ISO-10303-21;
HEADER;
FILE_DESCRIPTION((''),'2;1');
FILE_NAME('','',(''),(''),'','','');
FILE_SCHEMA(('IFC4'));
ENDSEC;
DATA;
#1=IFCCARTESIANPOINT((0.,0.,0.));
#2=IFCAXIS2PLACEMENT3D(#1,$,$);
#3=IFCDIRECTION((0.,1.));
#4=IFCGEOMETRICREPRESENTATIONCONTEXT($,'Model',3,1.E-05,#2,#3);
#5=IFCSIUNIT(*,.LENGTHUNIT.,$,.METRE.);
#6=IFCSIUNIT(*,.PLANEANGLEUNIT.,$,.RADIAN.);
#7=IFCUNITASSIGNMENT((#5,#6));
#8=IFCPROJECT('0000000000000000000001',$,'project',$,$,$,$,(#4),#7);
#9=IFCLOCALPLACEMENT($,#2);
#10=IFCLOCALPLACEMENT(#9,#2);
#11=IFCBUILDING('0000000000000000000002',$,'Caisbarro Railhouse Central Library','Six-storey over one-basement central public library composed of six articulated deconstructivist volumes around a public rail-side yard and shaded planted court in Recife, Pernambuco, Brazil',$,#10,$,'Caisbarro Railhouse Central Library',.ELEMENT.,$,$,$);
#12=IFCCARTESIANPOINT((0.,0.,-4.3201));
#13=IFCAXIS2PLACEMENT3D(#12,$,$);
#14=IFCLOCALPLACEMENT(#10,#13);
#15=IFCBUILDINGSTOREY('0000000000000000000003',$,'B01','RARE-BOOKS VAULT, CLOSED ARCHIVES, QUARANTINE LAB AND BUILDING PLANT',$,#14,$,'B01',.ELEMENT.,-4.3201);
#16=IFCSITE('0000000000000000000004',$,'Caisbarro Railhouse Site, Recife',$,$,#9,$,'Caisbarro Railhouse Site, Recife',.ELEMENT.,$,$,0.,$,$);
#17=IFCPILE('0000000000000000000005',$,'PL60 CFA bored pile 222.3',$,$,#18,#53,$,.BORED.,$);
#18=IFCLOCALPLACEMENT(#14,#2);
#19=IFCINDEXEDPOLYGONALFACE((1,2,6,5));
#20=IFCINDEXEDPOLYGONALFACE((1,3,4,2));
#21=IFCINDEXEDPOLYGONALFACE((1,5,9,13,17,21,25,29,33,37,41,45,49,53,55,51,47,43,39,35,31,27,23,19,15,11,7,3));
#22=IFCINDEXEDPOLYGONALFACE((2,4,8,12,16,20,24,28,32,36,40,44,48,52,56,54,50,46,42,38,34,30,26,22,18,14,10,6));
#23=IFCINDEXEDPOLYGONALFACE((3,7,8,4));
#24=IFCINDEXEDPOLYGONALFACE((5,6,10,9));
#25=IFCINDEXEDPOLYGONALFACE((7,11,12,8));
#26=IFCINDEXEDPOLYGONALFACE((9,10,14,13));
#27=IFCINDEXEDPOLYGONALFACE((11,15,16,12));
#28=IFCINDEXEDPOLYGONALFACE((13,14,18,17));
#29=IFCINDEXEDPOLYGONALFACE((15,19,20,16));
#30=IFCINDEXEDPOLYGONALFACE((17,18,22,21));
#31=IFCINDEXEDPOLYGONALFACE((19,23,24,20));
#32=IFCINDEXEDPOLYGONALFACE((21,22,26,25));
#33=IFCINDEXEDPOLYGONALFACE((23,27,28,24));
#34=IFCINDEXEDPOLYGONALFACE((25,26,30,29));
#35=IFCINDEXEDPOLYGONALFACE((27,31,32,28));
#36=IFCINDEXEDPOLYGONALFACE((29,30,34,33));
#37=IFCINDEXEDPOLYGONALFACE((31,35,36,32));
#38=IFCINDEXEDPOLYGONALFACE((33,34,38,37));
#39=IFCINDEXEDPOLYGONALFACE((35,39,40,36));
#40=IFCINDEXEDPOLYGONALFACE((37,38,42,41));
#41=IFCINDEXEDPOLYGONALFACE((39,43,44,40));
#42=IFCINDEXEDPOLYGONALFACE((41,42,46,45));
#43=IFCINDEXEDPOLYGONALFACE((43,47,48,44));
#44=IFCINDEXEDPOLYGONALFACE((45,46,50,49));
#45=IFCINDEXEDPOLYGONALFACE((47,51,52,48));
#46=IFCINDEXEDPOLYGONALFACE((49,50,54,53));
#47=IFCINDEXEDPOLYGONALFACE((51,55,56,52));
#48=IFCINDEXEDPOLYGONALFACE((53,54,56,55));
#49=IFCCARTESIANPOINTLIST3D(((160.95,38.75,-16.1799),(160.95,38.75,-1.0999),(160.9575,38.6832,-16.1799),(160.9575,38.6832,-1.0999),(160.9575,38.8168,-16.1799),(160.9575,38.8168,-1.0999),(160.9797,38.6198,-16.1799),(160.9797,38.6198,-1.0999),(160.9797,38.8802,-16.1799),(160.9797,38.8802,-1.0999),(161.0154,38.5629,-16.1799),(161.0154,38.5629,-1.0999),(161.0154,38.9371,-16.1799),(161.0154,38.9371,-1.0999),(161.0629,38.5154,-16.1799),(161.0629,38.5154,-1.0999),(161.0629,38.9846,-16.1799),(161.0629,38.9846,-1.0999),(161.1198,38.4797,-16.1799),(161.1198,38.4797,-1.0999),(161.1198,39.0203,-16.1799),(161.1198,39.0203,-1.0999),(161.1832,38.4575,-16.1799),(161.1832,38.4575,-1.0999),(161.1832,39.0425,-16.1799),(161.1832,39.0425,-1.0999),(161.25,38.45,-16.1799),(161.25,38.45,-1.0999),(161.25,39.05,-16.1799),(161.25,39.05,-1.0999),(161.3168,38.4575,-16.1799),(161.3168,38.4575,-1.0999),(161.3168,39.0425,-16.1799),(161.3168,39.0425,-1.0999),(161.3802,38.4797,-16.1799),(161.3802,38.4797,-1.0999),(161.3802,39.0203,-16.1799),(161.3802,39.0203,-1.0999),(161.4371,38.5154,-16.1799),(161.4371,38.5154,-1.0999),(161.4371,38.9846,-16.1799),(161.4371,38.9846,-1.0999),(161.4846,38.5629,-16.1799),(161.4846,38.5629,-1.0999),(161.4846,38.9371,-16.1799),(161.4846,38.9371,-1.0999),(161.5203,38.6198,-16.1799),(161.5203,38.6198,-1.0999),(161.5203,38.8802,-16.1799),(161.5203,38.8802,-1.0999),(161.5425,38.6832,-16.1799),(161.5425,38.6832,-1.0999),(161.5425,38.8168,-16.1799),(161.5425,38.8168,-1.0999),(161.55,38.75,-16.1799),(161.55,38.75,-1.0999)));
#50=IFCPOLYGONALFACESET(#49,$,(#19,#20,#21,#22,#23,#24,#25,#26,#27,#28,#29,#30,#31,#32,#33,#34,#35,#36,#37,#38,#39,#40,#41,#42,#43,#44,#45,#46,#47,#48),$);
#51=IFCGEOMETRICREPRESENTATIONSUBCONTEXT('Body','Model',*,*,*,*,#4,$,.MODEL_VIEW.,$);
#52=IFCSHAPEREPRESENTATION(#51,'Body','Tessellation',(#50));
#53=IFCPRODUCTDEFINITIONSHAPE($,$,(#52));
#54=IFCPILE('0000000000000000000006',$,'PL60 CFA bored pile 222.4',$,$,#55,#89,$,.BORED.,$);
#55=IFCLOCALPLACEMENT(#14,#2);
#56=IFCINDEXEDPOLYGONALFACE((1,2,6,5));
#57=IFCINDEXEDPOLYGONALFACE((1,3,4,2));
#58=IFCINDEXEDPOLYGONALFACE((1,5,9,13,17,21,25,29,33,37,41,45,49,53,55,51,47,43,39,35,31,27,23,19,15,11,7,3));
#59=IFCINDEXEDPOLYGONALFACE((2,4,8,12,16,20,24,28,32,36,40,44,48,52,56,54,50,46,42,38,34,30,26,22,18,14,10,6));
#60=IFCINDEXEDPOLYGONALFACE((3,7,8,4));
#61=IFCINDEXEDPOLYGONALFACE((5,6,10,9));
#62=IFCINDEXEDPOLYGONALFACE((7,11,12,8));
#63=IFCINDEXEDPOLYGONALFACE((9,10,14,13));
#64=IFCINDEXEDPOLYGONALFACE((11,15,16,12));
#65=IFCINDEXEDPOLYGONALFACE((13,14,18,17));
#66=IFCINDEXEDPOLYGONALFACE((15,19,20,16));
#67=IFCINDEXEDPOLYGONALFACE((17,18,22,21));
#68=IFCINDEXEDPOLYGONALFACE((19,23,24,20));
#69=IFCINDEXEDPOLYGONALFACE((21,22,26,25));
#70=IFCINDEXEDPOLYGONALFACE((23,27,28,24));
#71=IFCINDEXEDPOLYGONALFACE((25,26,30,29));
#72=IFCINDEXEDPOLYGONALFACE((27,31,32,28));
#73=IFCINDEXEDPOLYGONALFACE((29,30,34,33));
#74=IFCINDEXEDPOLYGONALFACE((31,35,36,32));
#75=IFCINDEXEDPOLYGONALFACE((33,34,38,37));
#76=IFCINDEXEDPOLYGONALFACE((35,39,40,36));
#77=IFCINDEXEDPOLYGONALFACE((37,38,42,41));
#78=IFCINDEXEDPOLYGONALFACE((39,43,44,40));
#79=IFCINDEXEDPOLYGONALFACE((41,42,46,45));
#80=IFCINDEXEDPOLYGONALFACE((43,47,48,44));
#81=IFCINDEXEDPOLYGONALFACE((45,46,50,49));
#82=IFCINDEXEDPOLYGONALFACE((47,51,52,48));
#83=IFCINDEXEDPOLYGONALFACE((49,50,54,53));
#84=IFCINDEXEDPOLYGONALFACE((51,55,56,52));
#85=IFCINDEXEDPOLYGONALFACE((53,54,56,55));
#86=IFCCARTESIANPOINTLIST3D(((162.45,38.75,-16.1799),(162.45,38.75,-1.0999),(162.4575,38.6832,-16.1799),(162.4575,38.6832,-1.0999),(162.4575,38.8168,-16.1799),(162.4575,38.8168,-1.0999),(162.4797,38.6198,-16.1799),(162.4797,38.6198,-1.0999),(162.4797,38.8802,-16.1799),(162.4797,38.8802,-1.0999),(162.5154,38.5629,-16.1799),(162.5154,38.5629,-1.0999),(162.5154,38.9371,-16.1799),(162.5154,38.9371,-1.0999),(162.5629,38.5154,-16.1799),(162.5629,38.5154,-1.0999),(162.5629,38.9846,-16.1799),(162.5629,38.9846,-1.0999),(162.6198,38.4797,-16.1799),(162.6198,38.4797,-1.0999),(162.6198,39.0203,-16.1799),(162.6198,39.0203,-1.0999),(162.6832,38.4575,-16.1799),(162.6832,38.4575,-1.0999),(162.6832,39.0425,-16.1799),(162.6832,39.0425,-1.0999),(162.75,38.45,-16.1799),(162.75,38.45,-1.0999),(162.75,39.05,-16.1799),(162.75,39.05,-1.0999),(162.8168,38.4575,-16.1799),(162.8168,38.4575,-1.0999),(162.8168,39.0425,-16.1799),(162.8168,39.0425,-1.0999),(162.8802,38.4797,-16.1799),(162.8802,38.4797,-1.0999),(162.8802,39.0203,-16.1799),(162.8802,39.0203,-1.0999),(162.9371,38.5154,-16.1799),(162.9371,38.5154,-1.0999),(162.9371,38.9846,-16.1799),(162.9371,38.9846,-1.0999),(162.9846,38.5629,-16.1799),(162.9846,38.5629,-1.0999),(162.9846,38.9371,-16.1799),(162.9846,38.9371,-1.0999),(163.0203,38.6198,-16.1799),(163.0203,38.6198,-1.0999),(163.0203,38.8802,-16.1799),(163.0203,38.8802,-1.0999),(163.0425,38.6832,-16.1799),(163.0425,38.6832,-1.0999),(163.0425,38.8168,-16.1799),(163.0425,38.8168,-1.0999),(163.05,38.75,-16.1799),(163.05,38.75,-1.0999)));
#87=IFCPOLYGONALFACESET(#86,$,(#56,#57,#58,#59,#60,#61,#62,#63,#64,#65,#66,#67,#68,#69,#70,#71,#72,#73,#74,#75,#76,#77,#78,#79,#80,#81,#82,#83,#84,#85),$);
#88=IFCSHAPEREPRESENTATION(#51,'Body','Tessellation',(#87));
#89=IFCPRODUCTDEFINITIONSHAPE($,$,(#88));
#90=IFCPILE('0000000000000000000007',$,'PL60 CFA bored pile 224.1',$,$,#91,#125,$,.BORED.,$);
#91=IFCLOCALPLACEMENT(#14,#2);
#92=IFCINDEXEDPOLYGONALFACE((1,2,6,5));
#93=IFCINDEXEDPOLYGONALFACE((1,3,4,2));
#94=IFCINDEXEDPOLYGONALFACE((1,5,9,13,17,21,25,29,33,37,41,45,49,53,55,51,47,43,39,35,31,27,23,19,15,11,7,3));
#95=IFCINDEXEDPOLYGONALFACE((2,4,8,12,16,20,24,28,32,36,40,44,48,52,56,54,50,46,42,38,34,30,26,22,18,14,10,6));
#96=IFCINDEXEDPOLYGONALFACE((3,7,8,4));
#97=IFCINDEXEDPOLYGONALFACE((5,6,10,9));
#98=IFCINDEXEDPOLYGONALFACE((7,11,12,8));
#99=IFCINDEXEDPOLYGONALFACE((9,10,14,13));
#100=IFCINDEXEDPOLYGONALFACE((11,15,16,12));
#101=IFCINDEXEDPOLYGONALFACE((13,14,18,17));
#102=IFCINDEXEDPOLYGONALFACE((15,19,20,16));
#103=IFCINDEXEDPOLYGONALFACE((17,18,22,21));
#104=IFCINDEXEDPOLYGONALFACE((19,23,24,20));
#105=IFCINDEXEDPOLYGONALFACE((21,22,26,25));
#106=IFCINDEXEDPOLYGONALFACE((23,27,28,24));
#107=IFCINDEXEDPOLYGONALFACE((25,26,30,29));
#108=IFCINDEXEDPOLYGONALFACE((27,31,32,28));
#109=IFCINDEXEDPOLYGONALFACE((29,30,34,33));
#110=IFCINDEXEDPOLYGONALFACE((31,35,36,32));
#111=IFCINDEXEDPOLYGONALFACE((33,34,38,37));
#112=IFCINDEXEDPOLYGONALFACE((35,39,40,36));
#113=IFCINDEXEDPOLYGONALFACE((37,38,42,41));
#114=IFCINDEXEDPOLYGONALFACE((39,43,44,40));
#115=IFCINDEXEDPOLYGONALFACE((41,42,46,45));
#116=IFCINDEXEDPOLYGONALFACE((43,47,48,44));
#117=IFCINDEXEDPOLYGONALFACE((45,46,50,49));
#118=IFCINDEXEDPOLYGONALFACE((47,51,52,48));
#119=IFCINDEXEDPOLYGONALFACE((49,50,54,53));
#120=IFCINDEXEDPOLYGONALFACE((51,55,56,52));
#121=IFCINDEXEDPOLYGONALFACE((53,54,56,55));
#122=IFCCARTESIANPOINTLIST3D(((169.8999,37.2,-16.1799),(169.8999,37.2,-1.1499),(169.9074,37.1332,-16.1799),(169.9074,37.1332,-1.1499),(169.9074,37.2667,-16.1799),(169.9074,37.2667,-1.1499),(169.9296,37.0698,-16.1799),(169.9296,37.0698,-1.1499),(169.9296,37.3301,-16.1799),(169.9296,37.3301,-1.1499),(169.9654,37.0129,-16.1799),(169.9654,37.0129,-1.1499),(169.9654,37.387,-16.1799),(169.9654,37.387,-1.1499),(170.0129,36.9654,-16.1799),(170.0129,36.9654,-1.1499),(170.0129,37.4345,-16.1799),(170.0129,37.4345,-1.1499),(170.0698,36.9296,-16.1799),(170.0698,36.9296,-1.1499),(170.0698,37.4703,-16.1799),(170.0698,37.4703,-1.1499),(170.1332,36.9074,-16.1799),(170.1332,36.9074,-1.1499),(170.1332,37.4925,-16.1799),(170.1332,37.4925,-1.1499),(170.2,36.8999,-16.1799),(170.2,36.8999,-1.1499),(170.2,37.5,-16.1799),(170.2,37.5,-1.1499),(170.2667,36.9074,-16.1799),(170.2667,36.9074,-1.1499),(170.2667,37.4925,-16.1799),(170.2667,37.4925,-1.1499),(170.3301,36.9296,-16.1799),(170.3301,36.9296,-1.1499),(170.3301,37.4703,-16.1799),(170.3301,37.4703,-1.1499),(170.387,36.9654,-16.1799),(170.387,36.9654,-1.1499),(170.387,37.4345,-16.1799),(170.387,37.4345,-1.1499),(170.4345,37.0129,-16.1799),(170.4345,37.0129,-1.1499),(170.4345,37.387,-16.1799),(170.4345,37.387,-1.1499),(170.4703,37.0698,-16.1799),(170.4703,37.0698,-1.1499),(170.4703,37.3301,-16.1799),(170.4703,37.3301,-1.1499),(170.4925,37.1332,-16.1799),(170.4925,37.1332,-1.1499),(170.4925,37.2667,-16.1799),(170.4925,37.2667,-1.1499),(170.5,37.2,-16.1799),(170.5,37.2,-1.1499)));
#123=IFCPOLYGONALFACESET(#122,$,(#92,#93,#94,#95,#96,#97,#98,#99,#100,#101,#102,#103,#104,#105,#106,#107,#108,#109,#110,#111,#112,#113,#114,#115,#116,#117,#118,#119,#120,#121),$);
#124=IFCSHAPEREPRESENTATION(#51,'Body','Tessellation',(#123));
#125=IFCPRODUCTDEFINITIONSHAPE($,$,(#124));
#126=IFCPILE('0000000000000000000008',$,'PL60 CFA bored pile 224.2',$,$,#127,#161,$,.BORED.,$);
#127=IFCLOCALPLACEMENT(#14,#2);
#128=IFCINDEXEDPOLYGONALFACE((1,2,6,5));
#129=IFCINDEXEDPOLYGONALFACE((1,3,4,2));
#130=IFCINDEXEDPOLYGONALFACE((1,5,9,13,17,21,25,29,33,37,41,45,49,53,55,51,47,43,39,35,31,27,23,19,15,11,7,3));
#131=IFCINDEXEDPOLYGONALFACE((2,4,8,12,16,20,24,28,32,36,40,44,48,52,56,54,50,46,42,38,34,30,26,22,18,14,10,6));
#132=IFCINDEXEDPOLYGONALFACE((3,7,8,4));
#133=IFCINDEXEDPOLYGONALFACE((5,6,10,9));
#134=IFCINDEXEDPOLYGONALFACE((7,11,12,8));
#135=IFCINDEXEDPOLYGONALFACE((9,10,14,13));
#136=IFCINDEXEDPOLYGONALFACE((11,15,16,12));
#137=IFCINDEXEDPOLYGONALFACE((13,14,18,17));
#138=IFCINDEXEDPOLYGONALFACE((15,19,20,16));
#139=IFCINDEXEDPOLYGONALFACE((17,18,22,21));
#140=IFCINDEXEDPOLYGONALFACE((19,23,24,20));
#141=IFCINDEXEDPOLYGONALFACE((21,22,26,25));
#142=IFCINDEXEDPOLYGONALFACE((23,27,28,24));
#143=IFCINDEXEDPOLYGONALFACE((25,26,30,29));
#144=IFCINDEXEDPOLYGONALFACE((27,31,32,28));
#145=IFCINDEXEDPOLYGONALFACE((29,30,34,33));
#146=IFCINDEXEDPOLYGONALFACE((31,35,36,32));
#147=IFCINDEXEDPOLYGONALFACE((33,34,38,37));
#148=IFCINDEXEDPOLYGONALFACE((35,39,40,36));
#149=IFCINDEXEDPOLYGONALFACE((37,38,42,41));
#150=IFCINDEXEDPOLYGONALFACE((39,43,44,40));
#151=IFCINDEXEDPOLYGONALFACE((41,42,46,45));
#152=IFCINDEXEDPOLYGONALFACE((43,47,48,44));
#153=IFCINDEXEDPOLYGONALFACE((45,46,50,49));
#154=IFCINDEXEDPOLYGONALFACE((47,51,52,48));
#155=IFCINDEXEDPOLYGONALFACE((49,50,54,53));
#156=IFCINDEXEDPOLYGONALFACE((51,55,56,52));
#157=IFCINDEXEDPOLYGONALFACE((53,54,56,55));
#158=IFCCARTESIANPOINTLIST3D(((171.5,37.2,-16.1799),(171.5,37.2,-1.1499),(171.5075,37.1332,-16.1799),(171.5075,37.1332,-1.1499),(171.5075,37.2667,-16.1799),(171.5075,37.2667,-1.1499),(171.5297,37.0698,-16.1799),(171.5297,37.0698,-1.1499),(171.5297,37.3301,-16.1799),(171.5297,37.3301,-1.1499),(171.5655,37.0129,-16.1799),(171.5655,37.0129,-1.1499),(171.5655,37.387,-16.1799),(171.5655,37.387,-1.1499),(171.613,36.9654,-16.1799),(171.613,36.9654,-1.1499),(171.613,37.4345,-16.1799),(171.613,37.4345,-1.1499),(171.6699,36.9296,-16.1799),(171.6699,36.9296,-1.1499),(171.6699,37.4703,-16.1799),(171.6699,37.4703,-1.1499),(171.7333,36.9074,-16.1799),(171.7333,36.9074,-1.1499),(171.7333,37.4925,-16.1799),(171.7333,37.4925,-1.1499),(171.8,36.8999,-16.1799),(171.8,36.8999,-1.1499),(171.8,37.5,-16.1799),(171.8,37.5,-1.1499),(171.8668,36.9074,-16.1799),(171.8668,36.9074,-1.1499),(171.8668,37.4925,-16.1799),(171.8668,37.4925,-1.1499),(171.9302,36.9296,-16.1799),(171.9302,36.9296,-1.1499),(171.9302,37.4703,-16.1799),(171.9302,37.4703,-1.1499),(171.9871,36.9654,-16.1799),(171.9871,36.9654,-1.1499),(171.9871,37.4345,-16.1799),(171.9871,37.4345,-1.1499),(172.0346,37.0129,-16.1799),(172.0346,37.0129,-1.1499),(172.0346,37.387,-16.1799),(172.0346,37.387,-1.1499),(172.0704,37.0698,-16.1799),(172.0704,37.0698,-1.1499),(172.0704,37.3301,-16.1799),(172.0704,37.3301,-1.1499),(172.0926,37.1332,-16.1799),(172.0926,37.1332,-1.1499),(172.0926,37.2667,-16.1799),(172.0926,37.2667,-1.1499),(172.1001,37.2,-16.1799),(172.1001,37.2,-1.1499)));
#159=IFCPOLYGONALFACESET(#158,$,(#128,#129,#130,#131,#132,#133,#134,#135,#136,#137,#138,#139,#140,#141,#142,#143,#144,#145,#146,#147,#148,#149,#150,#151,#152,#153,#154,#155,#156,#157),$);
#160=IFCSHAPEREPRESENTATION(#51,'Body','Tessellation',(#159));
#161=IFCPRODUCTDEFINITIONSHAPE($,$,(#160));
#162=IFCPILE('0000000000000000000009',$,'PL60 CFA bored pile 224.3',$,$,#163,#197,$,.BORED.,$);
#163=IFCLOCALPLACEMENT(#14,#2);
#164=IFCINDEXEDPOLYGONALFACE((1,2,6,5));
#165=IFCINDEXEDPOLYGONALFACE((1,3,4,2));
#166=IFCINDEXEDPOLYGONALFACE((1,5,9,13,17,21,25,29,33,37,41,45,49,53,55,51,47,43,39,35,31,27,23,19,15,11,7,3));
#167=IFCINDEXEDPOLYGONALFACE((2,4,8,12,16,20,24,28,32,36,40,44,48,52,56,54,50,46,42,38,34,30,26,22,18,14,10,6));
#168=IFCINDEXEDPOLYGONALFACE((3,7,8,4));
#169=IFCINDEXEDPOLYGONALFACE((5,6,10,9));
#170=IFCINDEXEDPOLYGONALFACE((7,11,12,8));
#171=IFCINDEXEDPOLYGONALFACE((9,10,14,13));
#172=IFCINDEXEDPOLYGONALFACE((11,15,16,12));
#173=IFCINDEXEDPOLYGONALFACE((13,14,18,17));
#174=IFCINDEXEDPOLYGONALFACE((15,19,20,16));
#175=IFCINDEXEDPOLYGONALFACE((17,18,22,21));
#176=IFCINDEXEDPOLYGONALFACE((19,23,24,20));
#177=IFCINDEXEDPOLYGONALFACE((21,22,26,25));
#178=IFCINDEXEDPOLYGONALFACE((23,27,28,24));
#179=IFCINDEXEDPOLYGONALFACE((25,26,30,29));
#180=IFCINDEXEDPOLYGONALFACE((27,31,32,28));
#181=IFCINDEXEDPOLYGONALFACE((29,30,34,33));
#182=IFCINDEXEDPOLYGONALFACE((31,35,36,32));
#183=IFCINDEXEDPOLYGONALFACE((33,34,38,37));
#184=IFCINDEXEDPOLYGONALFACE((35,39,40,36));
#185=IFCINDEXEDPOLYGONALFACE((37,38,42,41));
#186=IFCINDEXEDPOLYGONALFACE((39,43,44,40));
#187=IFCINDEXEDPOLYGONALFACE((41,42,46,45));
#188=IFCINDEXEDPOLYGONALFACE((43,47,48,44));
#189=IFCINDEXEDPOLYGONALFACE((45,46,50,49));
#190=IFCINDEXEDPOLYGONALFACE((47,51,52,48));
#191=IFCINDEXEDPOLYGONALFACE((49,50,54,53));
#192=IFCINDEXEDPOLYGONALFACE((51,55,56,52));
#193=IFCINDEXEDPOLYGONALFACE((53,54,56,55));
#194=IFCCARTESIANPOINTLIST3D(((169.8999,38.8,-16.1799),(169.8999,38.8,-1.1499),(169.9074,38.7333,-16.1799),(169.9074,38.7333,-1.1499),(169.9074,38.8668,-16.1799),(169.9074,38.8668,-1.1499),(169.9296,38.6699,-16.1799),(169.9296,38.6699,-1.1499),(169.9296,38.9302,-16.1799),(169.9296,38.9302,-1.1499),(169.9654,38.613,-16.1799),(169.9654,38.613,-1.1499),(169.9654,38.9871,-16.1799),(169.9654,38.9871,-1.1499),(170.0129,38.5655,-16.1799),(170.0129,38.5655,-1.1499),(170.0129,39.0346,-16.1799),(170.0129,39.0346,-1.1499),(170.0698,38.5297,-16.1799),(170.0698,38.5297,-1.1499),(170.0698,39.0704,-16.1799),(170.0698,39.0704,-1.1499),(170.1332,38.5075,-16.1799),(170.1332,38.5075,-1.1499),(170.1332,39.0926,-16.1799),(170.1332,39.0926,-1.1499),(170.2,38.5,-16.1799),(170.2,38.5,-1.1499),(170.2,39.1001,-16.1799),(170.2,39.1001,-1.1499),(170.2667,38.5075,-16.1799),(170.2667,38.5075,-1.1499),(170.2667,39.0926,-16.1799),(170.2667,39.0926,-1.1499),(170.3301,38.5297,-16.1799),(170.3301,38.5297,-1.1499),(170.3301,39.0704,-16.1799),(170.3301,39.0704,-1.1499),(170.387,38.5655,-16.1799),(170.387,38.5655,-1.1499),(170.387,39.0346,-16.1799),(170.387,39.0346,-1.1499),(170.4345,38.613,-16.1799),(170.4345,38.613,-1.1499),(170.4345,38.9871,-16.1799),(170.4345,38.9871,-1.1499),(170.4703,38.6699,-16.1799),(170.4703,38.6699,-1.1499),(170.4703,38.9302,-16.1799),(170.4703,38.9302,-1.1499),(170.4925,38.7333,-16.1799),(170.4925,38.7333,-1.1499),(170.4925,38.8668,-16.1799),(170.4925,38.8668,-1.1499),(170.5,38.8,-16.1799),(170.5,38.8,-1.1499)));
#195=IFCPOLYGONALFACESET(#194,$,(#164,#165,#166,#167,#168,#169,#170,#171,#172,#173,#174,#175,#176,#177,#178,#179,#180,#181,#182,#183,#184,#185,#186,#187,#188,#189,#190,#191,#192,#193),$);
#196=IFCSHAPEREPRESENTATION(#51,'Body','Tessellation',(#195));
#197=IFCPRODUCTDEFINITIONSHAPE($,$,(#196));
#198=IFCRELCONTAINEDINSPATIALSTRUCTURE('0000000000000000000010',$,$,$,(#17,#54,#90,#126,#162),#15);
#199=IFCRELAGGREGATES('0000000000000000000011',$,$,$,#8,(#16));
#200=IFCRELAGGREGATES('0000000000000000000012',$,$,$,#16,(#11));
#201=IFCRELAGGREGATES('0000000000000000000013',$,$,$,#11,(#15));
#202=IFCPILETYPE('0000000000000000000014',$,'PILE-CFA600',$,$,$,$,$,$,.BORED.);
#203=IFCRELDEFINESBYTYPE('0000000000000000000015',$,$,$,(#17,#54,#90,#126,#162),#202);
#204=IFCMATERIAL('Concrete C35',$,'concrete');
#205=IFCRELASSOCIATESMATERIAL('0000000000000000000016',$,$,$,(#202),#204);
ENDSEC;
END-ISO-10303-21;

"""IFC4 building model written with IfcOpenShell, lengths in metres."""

from ifc_helpers import new_model, si_unit, direction, frame, origin, origin_2d, place, context, subcontext, project, spatial, circle, extrude, material, material_profile, profile_set, type_object, element, save


model = new_model("IFC4")

# Units and contexts
model_context = context("Model", 3, precision=1e-05, world=origin(), true_north=direction((0.0, 1.0)))
body_context = subcontext(model_context, "Body", "Model", "MODEL_VIEW")
ifc_project = project(units=[si_unit("LENGTHUNIT", "METRE"), si_unit("PLANEANGLEUNIT", "RADIAN")], contexts=[model_context])

# Site, building, storey
site_placement = place(None, origin())
site = spatial("IfcSite", under=ifc_project, at=site_placement, Name="Caisbarro Railhouse Site, Recife", LongName="Caisbarro Railhouse Site, Recife", CompositionType="ELEMENT", RefElevation=0.0)
building_placement = place(site_placement, origin())
building = spatial("IfcBuilding", under=site, at=building_placement, Name="Caisbarro Railhouse Central Library", Description="Six-storey over one-basement central public library composed of six articulated deconstructivist volumes around a public rail-side yard and shaded planted court in Recife, Pernambuco, Brazil", LongName="Caisbarro Railhouse Central Library", CompositionType="ELEMENT")
storey_placement = place(building_placement, frame((0.0, 0.0, -4.3201)))
storey = spatial("IfcBuildingStorey", under=building, at=storey_placement, Name="B01", Description="RARE-BOOKS VAULT, CLOSED ARCHIVES, QUARANTINE LAB AND BUILDING PLANT", LongName="B01", CompositionType="ELEMENT", Elevation=-4.3201)

# Shared definitions
ifc_material_1 = material(Name="Concrete C35", Category="concrete")

# Piles
ifc_material_profile_1 = material_profile(ifc_material_1, circle(Radius=0.3, at=origin_2d()), Name="PILE-CFA-600")
ifc_profile_set_1 = profile_set([ifc_material_profile_1], Name="Concrete C35")
pile_type = type_object("IfcPileType", Name="PILE-CFA600", PredefinedType="BORED", material=ifc_profile_set_1)
for number, where, z_axis, x_axis, name in (
    (1, (161.25, 38.75, -1.0999), (0.0, 0.0, -1.0), (1.0, 0.0, 0.0), "PL60 CFA bored pile 222.3"),
    (2, (162.75, 38.75, -1.0999), (0.0, 0.0, -1.0), (1.0, 0.0, 0.0), "PL60 CFA bored pile 222.4"),
):
    element("IfcPile", number, at=place(storey_placement, frame(where, z_axis=z_axis, x_axis=x_axis)), inside=storey, type_object=pile_type, Name=name, PredefinedType="BORED", context=body_context, shape_type="SweptSolid", body=[
        extrude(circle(Radius=0.3, at=origin_2d()), origin(), (0.0, 0.0, 1.0), 15.0801),
    ])
for number, where, z_axis, x_axis, name in (
    (3, (170.2, 37.2, -1.1499), (0.0, 0.0, -1.0), (1.0, 0.0, 0.0), "PL60 CFA bored pile 224.1"),
    (4, (171.8, 37.2, -1.1499), (0.0, 0.0, -1.0), (1.0, 0.0, 0.0), "PL60 CFA bored pile 224.2"),
    (5, (170.2, 38.8, -1.1499), (0.0, 0.0, -1.0), (1.0, 0.0, 0.0), "PL60 CFA bored pile 224.3"),
):
    element("IfcPile", number, at=place(storey_placement, frame(where, z_axis=z_axis, x_axis=x_axis)), inside=storey, type_object=pile_type, Name=name, PredefinedType="BORED", context=body_context, shape_type="SweptSolid", body=[
        extrude(circle(Radius=0.3, at=origin_2d()), origin(), (0.0, 0.0, 1.0), 15.03),
    ])

save(model, "model.ifc")
